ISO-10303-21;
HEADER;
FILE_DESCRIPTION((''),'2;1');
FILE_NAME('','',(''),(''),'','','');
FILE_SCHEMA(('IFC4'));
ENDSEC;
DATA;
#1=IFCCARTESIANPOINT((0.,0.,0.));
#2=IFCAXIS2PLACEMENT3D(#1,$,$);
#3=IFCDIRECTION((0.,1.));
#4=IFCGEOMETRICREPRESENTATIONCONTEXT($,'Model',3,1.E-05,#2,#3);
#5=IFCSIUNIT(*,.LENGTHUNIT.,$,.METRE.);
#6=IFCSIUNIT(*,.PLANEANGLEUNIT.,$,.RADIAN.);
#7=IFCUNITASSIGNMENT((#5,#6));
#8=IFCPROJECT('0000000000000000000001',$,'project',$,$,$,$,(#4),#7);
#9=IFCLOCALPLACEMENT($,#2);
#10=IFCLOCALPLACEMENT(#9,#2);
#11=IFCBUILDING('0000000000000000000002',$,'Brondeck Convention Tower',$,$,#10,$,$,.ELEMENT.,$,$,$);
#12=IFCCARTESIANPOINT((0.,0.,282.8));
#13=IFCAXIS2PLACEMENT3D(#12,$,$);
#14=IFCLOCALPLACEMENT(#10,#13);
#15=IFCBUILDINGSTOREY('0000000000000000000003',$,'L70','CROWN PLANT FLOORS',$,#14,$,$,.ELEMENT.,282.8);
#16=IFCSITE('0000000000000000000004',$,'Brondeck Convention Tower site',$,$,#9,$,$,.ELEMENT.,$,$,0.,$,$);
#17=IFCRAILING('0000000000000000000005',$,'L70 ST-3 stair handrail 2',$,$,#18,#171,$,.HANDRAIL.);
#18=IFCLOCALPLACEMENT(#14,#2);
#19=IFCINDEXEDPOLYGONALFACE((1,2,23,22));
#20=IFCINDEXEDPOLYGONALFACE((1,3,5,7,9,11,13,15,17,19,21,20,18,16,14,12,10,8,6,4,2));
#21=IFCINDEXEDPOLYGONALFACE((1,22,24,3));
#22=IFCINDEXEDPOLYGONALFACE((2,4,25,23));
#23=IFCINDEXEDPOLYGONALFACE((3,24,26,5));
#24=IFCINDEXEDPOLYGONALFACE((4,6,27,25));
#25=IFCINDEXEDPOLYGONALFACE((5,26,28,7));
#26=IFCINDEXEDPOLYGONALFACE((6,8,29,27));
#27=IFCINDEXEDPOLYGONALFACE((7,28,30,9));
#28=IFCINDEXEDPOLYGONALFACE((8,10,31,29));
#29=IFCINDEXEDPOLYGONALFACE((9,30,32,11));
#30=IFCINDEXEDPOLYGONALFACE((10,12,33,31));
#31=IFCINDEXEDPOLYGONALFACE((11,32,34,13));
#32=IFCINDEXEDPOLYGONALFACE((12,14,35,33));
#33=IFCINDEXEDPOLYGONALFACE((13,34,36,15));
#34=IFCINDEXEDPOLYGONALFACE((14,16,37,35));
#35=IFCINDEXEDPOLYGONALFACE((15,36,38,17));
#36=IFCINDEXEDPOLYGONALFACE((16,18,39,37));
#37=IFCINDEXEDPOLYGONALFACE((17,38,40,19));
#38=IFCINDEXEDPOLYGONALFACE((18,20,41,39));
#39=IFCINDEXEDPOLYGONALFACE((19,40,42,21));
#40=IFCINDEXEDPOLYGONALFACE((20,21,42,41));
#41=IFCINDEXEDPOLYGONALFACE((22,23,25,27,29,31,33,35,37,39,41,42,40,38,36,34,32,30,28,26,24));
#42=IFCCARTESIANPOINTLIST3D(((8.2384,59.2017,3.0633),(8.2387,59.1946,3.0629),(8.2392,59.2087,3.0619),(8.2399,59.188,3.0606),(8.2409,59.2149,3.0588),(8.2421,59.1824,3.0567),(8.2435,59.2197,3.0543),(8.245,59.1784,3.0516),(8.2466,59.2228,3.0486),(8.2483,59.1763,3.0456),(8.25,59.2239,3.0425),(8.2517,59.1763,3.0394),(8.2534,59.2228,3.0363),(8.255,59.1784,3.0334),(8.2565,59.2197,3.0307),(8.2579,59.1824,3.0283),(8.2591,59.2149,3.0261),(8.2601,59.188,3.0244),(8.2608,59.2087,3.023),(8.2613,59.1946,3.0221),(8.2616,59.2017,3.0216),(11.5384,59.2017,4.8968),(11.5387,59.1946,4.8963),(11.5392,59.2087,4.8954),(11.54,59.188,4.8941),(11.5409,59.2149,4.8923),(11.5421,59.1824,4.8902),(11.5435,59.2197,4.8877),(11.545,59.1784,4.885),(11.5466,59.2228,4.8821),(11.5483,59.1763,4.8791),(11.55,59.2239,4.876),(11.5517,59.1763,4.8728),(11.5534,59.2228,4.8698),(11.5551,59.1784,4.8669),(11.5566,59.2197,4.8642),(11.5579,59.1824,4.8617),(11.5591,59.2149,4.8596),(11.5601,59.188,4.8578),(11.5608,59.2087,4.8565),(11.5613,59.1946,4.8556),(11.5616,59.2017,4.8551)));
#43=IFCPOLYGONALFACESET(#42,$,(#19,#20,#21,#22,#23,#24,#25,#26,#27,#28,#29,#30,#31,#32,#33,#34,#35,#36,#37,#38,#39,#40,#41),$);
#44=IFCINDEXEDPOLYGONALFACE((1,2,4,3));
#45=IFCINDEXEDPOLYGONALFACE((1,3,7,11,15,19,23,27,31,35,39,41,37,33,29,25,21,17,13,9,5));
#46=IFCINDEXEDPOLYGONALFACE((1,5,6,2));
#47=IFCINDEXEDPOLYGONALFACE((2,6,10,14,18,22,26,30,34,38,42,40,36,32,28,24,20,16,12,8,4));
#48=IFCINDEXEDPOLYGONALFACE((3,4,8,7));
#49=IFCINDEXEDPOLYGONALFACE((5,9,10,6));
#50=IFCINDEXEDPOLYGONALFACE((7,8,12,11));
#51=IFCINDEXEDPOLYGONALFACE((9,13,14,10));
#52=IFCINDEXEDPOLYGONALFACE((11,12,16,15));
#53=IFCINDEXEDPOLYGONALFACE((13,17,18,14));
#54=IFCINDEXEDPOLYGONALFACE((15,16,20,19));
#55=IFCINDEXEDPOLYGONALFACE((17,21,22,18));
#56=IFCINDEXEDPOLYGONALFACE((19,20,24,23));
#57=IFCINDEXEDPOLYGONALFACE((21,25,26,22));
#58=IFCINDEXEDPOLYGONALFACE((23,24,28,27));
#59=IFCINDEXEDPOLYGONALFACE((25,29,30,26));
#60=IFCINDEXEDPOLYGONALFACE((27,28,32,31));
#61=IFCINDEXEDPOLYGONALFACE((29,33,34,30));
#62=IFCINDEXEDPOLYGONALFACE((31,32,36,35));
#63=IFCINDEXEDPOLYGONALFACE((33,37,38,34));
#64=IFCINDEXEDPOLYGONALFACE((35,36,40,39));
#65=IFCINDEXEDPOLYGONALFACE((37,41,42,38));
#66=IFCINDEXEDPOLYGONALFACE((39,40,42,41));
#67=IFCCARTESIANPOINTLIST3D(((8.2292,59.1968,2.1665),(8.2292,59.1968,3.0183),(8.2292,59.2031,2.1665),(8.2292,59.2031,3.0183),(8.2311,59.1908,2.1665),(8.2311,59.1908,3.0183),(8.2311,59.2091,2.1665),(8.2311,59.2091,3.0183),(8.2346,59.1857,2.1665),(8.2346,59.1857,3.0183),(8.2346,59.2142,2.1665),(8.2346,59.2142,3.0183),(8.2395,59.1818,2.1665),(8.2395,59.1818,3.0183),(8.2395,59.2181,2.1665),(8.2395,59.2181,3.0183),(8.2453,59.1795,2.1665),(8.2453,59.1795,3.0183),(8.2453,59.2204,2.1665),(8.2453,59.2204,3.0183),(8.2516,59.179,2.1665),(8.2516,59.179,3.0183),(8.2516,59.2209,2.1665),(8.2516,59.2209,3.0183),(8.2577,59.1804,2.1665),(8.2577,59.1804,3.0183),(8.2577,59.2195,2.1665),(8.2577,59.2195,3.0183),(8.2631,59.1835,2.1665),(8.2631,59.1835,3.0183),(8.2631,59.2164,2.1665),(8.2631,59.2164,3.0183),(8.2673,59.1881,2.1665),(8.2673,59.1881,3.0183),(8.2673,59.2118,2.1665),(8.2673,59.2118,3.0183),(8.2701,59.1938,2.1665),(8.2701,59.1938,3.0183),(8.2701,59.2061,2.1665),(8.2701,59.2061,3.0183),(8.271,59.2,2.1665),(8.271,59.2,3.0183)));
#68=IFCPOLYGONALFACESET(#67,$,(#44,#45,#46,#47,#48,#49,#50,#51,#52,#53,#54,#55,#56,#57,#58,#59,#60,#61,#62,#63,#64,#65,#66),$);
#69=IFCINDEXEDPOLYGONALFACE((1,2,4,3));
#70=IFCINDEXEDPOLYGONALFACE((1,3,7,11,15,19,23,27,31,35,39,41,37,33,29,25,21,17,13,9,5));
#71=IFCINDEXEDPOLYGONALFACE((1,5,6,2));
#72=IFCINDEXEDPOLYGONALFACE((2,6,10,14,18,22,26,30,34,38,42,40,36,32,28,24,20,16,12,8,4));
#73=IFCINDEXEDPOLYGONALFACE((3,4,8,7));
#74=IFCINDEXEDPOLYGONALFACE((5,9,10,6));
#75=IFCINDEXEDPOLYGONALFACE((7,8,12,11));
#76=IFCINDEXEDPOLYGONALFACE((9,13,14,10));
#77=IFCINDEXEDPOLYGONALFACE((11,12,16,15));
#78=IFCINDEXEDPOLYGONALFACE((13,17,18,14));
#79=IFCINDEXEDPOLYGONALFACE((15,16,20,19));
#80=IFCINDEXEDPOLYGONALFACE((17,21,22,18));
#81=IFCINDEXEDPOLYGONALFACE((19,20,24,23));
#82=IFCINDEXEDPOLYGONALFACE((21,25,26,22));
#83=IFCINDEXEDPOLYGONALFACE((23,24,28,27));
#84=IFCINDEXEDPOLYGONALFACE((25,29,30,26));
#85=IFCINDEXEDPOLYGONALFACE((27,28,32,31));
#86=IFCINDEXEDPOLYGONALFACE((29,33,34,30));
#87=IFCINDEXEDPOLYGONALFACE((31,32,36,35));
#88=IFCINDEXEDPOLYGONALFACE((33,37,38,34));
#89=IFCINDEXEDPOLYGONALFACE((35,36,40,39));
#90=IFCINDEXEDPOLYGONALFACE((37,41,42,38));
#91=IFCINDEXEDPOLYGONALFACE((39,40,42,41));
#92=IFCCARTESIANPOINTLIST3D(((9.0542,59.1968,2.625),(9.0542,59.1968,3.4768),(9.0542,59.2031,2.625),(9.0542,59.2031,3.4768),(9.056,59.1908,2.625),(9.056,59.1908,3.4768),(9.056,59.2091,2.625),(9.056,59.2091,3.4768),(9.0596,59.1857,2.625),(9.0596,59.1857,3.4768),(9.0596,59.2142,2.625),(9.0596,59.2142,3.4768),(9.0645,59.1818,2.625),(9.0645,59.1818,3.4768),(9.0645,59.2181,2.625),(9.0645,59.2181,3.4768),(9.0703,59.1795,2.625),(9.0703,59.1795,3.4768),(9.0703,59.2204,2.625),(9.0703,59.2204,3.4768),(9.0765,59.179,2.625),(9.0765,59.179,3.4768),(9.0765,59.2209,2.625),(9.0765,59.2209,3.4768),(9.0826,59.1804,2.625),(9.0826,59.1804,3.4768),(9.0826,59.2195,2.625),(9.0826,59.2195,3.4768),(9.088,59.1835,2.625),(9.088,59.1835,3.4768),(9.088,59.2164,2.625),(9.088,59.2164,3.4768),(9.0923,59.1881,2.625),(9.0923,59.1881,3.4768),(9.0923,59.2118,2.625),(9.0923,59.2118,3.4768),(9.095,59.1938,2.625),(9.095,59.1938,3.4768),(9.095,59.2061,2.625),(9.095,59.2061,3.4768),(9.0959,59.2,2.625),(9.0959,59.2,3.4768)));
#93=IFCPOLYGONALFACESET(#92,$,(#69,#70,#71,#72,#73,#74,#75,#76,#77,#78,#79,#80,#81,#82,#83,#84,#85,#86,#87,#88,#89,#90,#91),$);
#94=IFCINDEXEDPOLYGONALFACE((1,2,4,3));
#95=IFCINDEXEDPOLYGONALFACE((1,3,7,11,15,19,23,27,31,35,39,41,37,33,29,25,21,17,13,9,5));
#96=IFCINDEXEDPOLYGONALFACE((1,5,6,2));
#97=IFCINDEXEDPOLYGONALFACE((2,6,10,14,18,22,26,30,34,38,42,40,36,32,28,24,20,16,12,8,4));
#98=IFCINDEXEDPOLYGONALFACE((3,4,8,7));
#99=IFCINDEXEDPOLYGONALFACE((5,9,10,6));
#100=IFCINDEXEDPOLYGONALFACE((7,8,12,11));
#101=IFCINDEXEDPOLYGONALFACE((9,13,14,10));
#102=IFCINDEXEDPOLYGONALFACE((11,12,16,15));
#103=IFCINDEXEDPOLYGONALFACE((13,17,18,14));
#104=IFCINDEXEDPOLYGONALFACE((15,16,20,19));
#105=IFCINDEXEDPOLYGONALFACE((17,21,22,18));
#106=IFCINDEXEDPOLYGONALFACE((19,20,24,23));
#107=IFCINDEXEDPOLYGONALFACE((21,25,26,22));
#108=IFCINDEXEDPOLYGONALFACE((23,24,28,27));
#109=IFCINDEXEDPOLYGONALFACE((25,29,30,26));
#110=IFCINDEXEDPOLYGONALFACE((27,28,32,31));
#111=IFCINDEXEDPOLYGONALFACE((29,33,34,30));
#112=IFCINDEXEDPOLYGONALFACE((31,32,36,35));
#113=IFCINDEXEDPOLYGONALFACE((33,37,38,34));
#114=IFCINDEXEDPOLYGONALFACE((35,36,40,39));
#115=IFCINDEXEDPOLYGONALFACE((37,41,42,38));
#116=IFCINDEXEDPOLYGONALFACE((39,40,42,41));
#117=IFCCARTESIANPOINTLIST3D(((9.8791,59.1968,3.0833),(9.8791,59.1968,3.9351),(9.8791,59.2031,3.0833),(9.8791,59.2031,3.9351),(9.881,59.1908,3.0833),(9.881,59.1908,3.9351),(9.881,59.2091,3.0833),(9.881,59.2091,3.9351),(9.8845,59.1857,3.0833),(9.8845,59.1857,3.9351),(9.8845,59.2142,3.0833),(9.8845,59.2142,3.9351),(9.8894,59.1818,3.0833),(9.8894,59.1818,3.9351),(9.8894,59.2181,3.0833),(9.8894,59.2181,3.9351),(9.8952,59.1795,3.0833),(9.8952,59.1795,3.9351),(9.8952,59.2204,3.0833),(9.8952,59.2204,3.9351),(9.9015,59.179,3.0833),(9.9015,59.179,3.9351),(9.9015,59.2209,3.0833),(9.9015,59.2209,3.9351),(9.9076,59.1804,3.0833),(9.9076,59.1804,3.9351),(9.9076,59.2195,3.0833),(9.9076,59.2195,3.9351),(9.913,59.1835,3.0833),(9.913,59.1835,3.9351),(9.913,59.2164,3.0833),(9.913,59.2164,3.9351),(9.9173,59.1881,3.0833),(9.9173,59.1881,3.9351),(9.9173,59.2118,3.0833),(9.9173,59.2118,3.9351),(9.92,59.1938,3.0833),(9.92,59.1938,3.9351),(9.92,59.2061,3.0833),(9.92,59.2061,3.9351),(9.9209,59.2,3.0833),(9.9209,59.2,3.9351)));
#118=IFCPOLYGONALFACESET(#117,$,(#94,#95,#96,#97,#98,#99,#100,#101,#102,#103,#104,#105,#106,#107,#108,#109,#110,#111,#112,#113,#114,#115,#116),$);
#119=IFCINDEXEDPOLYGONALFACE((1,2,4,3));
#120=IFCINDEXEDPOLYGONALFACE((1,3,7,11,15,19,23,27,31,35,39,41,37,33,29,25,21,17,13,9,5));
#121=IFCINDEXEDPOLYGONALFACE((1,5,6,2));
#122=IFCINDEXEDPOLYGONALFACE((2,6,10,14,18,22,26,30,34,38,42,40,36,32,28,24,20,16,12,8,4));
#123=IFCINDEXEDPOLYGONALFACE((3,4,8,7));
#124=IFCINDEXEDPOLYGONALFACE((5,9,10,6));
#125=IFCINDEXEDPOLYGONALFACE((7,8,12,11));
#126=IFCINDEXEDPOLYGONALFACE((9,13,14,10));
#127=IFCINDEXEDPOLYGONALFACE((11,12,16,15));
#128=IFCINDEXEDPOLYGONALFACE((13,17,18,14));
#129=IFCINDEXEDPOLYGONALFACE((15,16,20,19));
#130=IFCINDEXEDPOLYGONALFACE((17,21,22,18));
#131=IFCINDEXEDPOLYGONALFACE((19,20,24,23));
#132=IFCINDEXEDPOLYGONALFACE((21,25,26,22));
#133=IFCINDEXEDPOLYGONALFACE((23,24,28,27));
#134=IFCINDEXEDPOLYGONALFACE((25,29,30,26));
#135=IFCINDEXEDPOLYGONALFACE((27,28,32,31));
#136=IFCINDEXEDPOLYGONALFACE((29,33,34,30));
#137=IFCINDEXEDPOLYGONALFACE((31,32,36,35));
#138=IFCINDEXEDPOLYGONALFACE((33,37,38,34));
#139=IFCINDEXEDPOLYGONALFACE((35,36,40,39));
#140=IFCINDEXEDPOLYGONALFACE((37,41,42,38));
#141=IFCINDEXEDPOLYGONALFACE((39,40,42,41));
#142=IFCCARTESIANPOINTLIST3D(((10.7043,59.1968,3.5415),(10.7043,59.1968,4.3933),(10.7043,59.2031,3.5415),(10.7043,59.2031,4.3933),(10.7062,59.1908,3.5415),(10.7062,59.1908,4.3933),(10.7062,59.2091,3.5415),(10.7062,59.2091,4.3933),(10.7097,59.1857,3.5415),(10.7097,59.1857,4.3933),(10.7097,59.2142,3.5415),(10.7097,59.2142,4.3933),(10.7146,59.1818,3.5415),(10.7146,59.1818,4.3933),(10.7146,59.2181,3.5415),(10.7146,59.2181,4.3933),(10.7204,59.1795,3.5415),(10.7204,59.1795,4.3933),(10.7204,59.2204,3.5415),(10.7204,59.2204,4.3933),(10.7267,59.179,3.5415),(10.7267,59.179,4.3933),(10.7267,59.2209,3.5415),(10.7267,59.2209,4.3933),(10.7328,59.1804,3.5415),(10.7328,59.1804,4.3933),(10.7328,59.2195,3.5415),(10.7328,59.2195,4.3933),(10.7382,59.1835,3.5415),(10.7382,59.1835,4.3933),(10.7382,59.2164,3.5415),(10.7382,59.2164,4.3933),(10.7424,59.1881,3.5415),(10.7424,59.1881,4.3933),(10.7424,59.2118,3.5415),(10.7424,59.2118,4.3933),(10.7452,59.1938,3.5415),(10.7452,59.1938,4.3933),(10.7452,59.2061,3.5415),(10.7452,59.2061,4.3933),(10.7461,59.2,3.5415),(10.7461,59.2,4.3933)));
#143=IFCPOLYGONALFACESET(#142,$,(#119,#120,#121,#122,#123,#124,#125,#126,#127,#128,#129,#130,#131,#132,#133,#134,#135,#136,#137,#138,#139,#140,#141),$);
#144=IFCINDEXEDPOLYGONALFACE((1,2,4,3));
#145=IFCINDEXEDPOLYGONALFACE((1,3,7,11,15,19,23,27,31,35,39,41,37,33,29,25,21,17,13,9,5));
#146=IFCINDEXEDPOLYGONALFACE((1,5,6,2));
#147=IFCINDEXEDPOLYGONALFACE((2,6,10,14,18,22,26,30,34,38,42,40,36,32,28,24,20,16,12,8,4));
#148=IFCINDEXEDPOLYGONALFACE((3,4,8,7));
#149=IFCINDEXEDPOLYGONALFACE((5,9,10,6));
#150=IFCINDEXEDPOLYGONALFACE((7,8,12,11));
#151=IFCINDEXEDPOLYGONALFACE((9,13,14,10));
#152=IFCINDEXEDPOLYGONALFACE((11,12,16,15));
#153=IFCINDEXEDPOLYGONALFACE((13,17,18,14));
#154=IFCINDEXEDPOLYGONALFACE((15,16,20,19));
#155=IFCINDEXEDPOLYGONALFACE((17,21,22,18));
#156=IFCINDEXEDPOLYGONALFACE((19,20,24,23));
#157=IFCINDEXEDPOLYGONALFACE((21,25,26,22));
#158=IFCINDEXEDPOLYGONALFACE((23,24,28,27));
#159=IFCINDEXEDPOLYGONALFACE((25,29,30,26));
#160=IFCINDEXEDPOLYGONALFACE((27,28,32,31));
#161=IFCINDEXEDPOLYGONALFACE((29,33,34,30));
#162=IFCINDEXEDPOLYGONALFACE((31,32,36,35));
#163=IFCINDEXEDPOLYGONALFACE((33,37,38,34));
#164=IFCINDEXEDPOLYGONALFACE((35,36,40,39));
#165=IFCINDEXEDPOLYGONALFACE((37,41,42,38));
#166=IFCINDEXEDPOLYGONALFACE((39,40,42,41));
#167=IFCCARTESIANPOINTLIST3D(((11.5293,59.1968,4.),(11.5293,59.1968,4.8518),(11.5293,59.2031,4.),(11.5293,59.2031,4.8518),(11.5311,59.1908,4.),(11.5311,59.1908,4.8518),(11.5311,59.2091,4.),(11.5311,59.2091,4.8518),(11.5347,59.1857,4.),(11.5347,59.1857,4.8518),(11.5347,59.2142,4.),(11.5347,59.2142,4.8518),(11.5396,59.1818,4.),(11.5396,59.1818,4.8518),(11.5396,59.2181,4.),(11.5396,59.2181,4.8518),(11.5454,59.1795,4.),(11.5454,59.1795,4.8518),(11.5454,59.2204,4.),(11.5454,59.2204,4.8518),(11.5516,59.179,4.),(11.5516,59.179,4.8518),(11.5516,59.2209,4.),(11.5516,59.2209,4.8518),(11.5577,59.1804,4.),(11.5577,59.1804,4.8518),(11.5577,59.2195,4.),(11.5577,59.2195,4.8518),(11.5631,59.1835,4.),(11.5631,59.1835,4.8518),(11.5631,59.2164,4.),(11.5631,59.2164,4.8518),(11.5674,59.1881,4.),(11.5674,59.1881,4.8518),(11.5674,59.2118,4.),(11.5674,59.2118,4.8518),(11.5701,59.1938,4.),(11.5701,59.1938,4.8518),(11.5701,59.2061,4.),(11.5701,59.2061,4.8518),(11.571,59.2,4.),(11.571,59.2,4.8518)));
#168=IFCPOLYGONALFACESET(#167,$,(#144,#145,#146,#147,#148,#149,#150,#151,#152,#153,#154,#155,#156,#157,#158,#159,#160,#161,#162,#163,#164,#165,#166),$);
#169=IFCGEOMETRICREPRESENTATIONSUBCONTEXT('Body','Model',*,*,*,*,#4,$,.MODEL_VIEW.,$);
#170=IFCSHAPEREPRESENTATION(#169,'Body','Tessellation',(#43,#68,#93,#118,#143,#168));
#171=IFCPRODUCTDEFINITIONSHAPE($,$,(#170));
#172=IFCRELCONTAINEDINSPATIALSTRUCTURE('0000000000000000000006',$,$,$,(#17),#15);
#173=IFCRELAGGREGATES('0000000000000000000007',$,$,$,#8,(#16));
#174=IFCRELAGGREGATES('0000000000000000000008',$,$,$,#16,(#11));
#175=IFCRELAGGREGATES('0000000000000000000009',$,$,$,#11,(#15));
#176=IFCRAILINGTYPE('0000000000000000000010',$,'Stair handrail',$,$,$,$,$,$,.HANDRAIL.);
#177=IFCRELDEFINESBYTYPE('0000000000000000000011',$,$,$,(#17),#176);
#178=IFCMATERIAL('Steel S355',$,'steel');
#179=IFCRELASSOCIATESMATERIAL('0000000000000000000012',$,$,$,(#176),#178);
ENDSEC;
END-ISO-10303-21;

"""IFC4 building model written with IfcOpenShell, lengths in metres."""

from ifc_helpers import new_model, si_unit, direction, frame, origin, origin_2d, place, context, subcontext, project, spatial, circle, extrude, material, type_object, element, save


model = new_model("IFC4")

# Units and contexts
model_context = context("Model", 3, precision=1e-05, world=origin(), true_north=direction((0.0, 1.0)))
body_context = subcontext(model_context, "Body", "Model", "MODEL_VIEW")
ifc_project = project(units=[si_unit("LENGTHUNIT", "METRE"), si_unit("PLANEANGLEUNIT", "RADIAN")], contexts=[model_context])

# Site, building, storey
site_placement = place(None, origin())
site = spatial("IfcSite", under=ifc_project, at=site_placement, Name="Brondeck Convention Tower site", CompositionType="ELEMENT", RefElevation=0.0)
building_placement = place(site_placement, origin())
building = spatial("IfcBuilding", under=site, at=building_placement, Name="Brondeck Convention Tower", CompositionType="ELEMENT")
storey_placement = place(building_placement, frame((0.0, 0.0, 282.8)))
storey = spatial("IfcBuildingStorey", under=building, at=storey_placement, Name="L70", Description="CROWN PLANT FLOORS", CompositionType="ELEMENT", Elevation=282.8)

# Railing
ifc_material_1 = material(Name="Steel S355", Category="steel")
railing_type_1 = type_object("IfcRailingType", Name="Stair handrail", PredefinedType="HANDRAIL", material=ifc_material_1)
railing_1_placement = place(storey_placement, frame((8.25, 59.2, 2.1665)))
element("IfcRailing", 1, at=railing_1_placement, inside=storey, type_object=railing_type_1, Name="L70 ST-3 stair handrail 2", PredefinedType="HANDRAIL", context=body_context, shape_type="SweptSolid", body=[
    extrude(circle(Radius=0.0239, at=origin_2d()), frame((0.0, 0.0, 0.876), z_axis=(0.874142, 0.0, 0.48567), x_axis=(0.0, 1.0, 0.0)), (0.0, 0.0, 1.0), 3.7751),
    extrude(circle(Radius=0.021, at=origin_2d()), origin(), (0.0, 0.0, 1.0), 0.8518),
    extrude(circle(Radius=0.021, at=origin_2d()), frame((0.825, 0.0, 0.4585)), (0.0, 0.0, 1.0), 0.8518),
    extrude(circle(Radius=0.021, at=origin_2d()), frame((1.6499, 0.0, 0.9167)), (0.0, 0.0, 1.0), 0.8518),
    extrude(circle(Radius=0.021, at=origin_2d()), frame((2.4751, 0.0, 1.375)), (0.0, 0.0, 1.0), 0.8518),
    extrude(circle(Radius=0.021, at=origin_2d()), frame((3.3, 0.0, 1.8335)), (0.0, 0.0, 1.0), 0.8518),
])

save(model, "model.ifc")
